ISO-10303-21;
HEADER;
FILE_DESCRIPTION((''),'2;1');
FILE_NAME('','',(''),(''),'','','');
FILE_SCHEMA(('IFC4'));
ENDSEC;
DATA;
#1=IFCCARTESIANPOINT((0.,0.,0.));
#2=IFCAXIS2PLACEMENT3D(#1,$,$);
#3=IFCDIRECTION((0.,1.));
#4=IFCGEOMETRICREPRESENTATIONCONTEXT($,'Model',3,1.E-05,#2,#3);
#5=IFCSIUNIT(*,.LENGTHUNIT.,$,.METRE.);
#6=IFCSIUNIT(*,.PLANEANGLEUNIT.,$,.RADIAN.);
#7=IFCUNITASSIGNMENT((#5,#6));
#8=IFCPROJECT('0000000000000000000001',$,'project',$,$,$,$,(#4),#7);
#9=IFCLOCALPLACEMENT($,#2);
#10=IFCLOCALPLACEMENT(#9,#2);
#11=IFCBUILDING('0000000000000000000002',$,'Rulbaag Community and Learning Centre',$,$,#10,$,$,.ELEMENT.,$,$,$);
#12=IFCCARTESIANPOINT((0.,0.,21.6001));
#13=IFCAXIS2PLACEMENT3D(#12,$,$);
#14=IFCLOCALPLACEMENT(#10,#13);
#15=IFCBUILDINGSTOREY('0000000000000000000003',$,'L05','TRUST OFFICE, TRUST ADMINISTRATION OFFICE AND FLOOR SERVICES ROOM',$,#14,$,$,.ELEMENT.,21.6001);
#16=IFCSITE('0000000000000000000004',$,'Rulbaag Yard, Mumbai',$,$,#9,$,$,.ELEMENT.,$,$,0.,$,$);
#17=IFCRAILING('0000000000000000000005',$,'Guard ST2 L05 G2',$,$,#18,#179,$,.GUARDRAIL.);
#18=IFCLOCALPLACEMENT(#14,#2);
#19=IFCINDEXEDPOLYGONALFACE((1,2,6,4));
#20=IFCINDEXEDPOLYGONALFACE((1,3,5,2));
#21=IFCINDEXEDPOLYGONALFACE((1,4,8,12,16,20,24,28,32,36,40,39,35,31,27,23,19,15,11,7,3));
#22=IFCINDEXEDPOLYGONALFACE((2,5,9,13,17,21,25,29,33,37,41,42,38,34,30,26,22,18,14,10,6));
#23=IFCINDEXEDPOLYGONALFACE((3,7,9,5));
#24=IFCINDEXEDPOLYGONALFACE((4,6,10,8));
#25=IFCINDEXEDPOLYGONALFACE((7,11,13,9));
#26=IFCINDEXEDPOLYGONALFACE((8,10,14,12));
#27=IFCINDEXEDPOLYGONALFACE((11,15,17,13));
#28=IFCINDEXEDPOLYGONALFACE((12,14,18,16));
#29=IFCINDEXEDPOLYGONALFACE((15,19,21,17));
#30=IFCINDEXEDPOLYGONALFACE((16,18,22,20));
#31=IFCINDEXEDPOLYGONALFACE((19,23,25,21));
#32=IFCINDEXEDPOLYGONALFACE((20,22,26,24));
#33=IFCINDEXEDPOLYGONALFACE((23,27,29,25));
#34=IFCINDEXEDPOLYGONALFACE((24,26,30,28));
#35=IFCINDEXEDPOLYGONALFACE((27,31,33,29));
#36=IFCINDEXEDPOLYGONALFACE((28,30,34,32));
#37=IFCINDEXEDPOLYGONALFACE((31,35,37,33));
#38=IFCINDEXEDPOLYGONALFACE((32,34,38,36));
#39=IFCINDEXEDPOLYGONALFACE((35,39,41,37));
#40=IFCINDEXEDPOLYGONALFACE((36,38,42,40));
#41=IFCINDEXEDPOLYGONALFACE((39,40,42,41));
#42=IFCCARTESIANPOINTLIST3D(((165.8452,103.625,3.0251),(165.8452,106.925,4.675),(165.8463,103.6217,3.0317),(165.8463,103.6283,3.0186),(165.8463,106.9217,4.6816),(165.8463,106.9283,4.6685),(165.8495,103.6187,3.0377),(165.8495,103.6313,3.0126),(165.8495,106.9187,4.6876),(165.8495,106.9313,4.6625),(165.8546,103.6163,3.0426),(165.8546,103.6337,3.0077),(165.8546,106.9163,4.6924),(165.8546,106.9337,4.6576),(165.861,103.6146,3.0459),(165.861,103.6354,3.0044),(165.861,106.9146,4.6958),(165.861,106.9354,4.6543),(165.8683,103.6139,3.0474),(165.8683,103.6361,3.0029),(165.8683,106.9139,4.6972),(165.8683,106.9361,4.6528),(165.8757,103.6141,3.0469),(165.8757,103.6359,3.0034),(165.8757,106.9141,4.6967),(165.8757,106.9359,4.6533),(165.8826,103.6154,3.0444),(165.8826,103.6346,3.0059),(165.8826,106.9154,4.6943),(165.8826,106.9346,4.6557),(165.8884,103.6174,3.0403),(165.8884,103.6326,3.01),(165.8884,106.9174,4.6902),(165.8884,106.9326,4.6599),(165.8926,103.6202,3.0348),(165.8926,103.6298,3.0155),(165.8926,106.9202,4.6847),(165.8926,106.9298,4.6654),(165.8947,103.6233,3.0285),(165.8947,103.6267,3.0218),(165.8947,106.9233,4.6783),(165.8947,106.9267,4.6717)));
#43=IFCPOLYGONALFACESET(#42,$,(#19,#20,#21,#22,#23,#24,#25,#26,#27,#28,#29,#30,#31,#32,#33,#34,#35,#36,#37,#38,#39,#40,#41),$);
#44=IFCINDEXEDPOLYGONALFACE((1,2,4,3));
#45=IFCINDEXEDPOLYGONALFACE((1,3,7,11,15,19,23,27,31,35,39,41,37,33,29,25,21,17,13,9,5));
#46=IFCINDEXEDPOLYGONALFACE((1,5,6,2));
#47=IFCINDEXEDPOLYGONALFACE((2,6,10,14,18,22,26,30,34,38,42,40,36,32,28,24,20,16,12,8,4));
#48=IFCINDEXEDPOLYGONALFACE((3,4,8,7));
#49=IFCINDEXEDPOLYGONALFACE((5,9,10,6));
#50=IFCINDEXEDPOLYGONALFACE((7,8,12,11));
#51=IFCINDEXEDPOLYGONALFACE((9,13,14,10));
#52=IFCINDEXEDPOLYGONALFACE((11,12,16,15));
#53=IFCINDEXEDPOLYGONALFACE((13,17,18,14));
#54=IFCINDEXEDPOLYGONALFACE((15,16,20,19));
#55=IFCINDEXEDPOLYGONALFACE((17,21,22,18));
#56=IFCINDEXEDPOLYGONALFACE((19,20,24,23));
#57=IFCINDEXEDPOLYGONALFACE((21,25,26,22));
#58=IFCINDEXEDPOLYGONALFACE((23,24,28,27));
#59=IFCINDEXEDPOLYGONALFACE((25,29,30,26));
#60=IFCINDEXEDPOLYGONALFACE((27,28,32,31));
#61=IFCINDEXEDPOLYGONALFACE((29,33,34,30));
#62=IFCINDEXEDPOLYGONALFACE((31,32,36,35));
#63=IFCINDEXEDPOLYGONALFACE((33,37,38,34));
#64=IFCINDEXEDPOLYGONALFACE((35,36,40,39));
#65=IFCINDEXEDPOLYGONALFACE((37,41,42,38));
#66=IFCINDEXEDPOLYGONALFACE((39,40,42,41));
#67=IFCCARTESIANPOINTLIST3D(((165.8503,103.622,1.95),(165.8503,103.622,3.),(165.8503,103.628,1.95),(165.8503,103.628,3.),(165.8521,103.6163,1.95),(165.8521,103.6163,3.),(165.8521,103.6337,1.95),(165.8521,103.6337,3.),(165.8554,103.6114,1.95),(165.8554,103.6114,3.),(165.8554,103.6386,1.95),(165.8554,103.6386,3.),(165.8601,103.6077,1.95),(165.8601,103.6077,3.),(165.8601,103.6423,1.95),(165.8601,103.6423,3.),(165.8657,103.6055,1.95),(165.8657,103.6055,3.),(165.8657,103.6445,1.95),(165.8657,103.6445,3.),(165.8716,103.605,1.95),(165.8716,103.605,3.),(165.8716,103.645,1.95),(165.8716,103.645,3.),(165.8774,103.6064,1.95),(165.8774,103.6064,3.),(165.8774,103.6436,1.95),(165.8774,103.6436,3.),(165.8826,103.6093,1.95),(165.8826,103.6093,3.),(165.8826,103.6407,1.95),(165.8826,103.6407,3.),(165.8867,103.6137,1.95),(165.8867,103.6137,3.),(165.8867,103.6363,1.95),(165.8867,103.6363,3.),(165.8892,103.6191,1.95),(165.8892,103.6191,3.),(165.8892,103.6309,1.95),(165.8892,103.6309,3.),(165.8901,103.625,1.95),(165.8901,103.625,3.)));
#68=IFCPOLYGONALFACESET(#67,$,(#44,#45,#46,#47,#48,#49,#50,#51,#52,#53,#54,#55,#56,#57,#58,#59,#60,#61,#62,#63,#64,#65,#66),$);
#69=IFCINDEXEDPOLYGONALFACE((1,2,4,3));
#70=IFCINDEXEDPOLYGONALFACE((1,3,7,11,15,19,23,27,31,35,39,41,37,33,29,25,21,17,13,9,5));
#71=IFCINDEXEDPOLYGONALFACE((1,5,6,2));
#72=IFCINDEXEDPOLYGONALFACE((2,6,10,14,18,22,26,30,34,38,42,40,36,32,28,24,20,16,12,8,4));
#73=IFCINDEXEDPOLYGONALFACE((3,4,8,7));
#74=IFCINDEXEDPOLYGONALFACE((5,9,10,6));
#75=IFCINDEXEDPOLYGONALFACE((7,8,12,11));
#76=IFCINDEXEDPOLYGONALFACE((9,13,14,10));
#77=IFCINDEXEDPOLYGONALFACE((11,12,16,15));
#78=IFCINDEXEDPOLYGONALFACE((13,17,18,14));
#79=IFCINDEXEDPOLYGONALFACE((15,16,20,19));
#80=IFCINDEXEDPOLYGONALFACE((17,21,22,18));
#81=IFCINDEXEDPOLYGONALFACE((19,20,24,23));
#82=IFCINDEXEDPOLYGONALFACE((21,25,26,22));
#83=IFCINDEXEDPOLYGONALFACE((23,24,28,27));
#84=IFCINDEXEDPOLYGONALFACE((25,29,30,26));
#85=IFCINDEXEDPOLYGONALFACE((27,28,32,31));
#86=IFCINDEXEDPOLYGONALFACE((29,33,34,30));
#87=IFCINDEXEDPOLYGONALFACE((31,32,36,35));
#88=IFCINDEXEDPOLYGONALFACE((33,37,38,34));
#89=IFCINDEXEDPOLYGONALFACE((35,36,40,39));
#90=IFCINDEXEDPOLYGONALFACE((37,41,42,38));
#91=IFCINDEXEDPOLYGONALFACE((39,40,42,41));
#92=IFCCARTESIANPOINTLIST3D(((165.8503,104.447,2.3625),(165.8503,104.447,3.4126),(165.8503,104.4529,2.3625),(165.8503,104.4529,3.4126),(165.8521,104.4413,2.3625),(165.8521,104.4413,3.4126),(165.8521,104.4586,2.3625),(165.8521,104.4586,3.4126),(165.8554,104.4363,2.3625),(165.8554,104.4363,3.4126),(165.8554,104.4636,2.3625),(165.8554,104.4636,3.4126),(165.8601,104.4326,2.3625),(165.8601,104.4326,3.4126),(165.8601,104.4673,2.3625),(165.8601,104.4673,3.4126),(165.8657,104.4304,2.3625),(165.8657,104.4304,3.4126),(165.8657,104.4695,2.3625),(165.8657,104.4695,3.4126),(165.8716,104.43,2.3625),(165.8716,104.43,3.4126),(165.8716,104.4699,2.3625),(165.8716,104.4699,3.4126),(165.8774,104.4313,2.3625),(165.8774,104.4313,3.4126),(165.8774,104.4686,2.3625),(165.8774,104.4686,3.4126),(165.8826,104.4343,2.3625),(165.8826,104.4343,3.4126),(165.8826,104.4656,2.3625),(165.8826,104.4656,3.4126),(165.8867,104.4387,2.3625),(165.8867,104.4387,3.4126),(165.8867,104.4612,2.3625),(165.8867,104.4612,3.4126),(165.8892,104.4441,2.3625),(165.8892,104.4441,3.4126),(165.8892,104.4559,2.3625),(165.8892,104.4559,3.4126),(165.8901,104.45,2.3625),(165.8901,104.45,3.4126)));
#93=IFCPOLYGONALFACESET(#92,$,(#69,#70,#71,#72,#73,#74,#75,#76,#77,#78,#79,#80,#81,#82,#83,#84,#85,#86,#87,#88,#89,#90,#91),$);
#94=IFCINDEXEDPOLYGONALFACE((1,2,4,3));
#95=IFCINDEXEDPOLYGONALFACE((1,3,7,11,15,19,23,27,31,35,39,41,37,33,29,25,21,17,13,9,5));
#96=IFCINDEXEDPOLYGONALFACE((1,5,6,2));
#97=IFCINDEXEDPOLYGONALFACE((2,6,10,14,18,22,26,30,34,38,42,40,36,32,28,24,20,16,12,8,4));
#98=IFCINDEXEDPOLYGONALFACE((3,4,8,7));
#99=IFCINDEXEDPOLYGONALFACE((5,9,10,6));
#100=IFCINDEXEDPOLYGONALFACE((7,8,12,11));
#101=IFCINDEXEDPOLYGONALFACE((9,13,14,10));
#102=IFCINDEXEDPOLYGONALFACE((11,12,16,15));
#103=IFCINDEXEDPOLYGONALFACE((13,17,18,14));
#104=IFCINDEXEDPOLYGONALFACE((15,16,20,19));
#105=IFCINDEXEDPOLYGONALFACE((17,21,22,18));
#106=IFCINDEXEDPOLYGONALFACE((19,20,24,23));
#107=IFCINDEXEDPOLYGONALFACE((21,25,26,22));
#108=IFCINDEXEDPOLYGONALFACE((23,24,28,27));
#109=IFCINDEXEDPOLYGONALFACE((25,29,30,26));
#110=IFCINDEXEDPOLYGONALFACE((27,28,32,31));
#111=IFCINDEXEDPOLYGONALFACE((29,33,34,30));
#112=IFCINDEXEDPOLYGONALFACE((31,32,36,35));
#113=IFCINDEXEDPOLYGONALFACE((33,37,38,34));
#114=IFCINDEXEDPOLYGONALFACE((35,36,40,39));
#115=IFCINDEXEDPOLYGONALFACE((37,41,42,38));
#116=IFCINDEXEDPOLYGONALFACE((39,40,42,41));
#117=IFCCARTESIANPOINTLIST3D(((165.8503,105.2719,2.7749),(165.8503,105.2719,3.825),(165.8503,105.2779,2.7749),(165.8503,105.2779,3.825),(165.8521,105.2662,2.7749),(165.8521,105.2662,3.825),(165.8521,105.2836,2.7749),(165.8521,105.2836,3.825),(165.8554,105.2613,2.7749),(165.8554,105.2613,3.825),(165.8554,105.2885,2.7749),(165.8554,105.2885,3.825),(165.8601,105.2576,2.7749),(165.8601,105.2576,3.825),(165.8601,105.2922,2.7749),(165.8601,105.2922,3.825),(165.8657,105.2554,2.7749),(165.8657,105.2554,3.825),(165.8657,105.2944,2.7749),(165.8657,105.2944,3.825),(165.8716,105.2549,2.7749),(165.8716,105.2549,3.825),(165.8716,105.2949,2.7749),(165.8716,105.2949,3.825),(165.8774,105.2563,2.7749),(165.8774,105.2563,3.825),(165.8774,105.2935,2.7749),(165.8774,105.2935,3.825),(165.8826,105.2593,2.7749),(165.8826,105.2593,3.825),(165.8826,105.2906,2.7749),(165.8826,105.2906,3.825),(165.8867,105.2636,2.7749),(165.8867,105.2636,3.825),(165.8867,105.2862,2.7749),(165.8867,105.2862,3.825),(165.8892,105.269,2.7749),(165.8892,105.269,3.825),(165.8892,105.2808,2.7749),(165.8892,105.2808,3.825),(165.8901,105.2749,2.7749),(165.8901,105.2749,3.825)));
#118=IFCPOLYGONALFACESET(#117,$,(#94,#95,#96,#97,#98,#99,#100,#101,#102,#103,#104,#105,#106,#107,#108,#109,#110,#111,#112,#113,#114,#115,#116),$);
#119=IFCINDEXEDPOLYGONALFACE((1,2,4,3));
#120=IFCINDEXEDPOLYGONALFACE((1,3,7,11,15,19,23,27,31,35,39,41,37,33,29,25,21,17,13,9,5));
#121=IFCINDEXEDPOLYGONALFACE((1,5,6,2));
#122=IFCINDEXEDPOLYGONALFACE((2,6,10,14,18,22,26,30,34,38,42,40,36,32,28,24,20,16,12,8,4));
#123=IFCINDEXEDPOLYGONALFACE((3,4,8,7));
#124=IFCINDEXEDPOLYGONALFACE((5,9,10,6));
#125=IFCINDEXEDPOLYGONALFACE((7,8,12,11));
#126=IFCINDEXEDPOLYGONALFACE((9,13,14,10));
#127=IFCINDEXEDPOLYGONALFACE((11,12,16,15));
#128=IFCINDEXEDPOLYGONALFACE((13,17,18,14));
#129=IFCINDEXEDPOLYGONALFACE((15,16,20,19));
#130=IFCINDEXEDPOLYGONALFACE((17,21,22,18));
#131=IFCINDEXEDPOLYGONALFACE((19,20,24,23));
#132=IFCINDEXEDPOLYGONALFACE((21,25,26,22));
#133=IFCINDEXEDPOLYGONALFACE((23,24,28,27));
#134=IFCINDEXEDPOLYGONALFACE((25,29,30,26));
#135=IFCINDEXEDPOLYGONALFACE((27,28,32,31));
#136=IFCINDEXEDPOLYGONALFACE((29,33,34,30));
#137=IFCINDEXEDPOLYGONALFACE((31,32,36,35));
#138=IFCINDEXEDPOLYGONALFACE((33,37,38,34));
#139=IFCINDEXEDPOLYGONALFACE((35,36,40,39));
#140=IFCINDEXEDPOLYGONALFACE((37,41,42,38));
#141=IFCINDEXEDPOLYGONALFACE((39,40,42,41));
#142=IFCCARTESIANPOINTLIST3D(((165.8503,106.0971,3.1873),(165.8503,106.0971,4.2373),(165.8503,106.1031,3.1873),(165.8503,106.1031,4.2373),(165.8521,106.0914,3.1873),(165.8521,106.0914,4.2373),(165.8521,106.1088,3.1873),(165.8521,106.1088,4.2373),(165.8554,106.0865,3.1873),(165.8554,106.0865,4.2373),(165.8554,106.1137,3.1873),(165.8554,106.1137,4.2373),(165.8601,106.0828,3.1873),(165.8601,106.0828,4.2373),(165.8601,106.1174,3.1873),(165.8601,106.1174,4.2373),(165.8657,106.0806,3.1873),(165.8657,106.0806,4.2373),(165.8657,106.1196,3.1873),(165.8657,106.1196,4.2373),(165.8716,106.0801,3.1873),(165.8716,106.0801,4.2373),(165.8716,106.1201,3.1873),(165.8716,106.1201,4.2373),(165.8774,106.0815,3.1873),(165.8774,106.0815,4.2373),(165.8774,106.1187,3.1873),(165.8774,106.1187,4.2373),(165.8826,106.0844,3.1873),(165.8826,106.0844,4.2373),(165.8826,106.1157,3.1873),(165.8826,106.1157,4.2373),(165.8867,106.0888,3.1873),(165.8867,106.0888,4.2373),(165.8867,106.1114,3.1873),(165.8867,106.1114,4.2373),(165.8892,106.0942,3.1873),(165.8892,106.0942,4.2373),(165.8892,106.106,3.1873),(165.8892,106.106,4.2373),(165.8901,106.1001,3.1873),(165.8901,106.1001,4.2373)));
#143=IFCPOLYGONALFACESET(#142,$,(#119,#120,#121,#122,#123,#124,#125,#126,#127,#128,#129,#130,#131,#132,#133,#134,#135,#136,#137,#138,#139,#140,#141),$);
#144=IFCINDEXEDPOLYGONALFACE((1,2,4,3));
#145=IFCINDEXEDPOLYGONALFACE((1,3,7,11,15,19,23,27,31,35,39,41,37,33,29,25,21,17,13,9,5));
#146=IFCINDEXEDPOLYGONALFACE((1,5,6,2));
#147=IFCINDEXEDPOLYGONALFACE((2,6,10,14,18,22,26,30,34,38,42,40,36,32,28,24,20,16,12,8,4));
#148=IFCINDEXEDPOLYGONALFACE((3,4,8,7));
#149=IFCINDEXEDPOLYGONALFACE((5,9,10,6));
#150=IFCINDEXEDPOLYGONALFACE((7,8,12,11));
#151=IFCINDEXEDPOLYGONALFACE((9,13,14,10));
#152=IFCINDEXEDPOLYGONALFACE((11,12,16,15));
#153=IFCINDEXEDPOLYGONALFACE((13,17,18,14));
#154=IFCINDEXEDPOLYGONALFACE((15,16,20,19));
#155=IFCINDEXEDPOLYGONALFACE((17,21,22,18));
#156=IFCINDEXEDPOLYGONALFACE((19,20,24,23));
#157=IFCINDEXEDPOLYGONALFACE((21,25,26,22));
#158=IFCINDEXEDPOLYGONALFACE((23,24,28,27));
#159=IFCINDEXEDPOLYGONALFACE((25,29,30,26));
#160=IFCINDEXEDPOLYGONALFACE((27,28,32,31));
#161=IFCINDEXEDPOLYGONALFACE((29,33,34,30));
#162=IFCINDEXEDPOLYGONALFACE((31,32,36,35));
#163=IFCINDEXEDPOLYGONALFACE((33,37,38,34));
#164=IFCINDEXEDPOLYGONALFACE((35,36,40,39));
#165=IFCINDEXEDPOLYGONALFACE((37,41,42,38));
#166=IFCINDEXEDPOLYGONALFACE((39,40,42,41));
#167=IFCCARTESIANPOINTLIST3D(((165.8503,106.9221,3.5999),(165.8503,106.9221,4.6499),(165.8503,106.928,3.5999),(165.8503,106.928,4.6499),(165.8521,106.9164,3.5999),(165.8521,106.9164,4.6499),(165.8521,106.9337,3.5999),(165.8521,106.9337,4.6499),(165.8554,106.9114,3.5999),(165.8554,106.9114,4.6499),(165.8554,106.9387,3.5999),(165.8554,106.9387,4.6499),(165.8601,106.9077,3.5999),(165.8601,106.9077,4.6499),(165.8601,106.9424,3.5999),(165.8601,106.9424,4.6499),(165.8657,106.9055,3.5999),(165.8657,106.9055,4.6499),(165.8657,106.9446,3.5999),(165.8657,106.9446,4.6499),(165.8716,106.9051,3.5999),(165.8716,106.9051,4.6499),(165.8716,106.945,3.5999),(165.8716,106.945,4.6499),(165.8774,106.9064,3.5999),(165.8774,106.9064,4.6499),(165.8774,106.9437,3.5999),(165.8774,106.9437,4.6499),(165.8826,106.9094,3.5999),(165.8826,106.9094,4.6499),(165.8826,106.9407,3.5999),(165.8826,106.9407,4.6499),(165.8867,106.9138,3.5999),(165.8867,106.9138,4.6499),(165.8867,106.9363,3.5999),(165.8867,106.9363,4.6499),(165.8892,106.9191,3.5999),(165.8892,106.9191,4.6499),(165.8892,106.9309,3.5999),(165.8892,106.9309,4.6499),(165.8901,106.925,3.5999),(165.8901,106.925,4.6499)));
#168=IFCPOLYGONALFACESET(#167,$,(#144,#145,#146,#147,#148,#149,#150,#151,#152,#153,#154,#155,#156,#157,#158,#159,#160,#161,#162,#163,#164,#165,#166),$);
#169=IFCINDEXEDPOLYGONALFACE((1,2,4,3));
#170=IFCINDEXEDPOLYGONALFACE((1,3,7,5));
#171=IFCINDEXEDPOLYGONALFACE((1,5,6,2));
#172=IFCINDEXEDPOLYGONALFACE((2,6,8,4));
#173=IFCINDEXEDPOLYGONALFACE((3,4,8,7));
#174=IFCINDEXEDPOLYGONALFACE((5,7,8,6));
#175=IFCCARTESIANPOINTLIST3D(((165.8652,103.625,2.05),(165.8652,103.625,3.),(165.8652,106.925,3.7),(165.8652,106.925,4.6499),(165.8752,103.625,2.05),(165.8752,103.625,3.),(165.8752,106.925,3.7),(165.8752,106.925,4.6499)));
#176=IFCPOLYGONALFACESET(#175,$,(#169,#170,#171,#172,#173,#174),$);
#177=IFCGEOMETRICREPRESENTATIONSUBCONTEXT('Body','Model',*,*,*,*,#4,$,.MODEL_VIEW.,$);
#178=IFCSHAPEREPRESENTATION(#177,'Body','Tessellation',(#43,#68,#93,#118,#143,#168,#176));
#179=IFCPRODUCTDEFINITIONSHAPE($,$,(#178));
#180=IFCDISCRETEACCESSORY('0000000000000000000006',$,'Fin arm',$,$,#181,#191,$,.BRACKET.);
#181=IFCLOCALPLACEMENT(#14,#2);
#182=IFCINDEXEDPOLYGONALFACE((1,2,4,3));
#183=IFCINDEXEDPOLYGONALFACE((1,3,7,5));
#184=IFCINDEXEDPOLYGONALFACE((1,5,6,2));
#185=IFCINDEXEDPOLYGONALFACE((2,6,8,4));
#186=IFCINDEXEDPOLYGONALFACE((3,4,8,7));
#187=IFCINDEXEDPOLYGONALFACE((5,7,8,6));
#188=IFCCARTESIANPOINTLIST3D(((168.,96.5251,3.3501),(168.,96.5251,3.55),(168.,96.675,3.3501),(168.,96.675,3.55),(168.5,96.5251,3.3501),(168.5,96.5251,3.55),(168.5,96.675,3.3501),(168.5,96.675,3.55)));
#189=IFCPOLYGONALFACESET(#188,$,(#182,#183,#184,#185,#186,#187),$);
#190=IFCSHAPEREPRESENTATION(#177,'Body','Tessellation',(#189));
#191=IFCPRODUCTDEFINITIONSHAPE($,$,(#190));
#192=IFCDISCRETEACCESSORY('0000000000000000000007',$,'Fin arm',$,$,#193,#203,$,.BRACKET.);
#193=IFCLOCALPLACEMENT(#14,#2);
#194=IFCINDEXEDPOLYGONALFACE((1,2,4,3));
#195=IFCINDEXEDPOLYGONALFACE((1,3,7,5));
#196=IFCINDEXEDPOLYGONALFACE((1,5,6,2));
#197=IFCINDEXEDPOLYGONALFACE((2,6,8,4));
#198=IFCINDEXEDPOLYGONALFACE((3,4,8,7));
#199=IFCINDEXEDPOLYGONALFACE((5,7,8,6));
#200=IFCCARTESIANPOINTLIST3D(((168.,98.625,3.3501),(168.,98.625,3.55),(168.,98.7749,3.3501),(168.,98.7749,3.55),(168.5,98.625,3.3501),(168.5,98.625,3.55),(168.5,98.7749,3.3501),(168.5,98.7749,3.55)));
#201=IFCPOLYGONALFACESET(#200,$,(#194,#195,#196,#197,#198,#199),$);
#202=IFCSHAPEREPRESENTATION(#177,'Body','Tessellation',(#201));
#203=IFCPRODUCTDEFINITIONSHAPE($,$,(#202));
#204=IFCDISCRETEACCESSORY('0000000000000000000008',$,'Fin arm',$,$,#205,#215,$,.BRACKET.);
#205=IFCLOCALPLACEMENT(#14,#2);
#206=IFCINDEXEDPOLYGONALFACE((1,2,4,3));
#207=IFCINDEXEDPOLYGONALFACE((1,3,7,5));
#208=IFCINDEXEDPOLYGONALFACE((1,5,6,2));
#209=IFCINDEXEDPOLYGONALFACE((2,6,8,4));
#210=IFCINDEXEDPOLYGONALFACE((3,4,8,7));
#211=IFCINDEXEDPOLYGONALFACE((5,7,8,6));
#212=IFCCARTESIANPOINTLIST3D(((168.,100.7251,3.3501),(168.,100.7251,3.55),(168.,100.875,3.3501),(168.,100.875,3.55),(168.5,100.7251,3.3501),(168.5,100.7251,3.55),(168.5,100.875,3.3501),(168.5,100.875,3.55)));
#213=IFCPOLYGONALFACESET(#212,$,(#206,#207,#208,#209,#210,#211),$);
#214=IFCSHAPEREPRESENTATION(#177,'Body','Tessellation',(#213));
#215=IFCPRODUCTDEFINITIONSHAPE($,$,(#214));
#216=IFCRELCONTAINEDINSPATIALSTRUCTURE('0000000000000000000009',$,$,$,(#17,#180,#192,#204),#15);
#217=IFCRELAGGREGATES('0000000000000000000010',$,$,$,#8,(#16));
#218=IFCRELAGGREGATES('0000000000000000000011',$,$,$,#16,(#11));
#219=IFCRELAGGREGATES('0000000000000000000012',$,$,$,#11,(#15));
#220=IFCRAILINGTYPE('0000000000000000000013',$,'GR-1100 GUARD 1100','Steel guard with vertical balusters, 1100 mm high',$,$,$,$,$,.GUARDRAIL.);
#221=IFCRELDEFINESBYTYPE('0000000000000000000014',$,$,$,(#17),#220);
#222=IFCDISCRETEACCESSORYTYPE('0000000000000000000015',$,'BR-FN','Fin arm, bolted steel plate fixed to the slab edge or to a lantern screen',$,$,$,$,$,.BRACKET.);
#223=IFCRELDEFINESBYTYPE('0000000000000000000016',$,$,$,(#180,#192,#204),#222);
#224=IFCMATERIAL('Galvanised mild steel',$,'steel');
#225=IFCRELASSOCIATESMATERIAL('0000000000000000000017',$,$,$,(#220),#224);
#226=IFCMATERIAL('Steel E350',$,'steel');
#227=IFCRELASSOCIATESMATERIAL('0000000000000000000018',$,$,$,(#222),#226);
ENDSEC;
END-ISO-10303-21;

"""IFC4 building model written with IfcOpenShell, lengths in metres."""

from ifc_helpers import new_model, si_unit, direction, frame, origin, origin_2d, place, context, subcontext, project, spatial, polyline, rectangle, circle, outline, extrude, material, type_object, element, save


model = new_model("IFC4")

# Units and contexts
model_context = context("Model", 3, precision=1e-05, world=origin(), true_north=direction((0.0, 1.0)))
body_context = subcontext(model_context, "Body", "Model", "MODEL_VIEW")
ifc_project = project(units=[si_unit("LENGTHUNIT", "METRE"), si_unit("PLANEANGLEUNIT", "RADIAN")], contexts=[model_context])

# Site, building, storey
site_placement = place(None, origin())
site = spatial("IfcSite", under=ifc_project, at=site_placement, Name="Rulbaag Yard, Mumbai", CompositionType="ELEMENT", RefElevation=0.0)
building_placement = place(site_placement, origin())
building = spatial("IfcBuilding", under=site, at=building_placement, Name="Rulbaag Community and Learning Centre", CompositionType="ELEMENT")
storey_placement = place(building_placement, frame((0.0, 0.0, 21.6001)))
storey = spatial("IfcBuildingStorey", under=building, at=storey_placement, Name="L05", Description="TRUST OFFICE, TRUST ADMINISTRATION OFFICE AND FLOOR SERVICES ROOM", CompositionType="ELEMENT", Elevation=21.6001)

# Railing
ifc_material_1 = material(Name="Galvanised mild steel", Category="steel")
railing_type_1 = type_object("IfcRailingType", Name="GR-1100 GUARD 1100", Description="Steel guard with vertical balusters, 1100 mm high", PredefinedType="GUARDRAIL", material=ifc_material_1)
railing_1_placement = place(storey_placement, frame((165.8701, 103.625, 1.95)))
element("IfcRailing", 1, at=railing_1_placement, inside=storey, type_object=railing_type_1, Name="Guard ST2 L05 G2", PredefinedType="GUARDRAIL", context=body_context, shape_type="SweptSolid", body=[
    extrude(circle(Radius=0.0249, at=origin_2d()), frame((0.0, 0.0, 1.0752), z_axis=(0.0, 0.89444, 0.447187), x_axis=(-1.0, 0.0, 0.0)), (0.0, 0.0, 1.0), 3.6895),
    extrude(circle(Radius=0.02, at=origin_2d()), origin(), (0.0, 0.0, 1.0), 1.05),
    extrude(circle(Radius=0.02, at=origin_2d()), frame((0.0, 0.825, 0.4126)), (0.0, 0.0, 1.0), 1.05),
    extrude(circle(Radius=0.02, at=origin_2d()), frame((0.0, 1.6499, 0.825)), (0.0, 0.0, 1.0), 1.05),
    extrude(circle(Radius=0.02, at=origin_2d()), frame((0.0, 2.4751, 1.2373)), (0.0, 0.0, 1.0), 1.05),
    extrude(circle(Radius=0.02, at=origin_2d()), frame((0.0, 3.3, 1.6499)), (0.0, 0.0, 1.0), 1.05),
    extrude(outline(polyline([(0.0, 0.0), (3.3, 1.6499), (3.3, 2.5999), (0.0, 0.95), (0.0, 0.0)])), frame((-0.0049, 0.0, 0.1001), z_axis=(1.0, 0.0, 0.0), x_axis=(0.0, 1.0, 0.0)), (0.0, 0.0, 1.0), 0.01),
])

# Discrete accessories
ifc_material_2 = material(Name="Steel E350", Category="steel")
discrete_accessory_type = type_object("IfcDiscreteAccessoryType", Name="BR-FN", Description="Fin arm, bolted steel plate fixed to the slab edge or to a lantern screen", PredefinedType="BRACKET", material=ifc_material_2)
for number, where, z_axis, x_axis, name in (
    (2, (168.25, 96.6001, 3.3501), (0.0, 0.0, 1.0), (1.0, 0.0, 0.0), "Fin arm"),
    (3, (168.25, 98.7, 3.3501), (0.0, 0.0, 1.0), (1.0, 0.0, 0.0), "Fin arm"),
    (4, (168.25, 100.8, 3.3501), (0.0, 0.0, 1.0), (1.0, 0.0, 0.0), "Fin arm"),
):
    element("IfcDiscreteAccessory", number, at=place(storey_placement, frame(where, z_axis=z_axis, x_axis=x_axis)), inside=storey, type_object=discrete_accessory_type, Name=name, PredefinedType="BRACKET", context=body_context, shape_type="SweptSolid", body=[
        extrude(rectangle(XDim=0.5, YDim=0.1499, at=origin_2d()), origin(), (0.0, 0.0, 1.0), 0.2),
    ])

save(model, "model.ifc")
